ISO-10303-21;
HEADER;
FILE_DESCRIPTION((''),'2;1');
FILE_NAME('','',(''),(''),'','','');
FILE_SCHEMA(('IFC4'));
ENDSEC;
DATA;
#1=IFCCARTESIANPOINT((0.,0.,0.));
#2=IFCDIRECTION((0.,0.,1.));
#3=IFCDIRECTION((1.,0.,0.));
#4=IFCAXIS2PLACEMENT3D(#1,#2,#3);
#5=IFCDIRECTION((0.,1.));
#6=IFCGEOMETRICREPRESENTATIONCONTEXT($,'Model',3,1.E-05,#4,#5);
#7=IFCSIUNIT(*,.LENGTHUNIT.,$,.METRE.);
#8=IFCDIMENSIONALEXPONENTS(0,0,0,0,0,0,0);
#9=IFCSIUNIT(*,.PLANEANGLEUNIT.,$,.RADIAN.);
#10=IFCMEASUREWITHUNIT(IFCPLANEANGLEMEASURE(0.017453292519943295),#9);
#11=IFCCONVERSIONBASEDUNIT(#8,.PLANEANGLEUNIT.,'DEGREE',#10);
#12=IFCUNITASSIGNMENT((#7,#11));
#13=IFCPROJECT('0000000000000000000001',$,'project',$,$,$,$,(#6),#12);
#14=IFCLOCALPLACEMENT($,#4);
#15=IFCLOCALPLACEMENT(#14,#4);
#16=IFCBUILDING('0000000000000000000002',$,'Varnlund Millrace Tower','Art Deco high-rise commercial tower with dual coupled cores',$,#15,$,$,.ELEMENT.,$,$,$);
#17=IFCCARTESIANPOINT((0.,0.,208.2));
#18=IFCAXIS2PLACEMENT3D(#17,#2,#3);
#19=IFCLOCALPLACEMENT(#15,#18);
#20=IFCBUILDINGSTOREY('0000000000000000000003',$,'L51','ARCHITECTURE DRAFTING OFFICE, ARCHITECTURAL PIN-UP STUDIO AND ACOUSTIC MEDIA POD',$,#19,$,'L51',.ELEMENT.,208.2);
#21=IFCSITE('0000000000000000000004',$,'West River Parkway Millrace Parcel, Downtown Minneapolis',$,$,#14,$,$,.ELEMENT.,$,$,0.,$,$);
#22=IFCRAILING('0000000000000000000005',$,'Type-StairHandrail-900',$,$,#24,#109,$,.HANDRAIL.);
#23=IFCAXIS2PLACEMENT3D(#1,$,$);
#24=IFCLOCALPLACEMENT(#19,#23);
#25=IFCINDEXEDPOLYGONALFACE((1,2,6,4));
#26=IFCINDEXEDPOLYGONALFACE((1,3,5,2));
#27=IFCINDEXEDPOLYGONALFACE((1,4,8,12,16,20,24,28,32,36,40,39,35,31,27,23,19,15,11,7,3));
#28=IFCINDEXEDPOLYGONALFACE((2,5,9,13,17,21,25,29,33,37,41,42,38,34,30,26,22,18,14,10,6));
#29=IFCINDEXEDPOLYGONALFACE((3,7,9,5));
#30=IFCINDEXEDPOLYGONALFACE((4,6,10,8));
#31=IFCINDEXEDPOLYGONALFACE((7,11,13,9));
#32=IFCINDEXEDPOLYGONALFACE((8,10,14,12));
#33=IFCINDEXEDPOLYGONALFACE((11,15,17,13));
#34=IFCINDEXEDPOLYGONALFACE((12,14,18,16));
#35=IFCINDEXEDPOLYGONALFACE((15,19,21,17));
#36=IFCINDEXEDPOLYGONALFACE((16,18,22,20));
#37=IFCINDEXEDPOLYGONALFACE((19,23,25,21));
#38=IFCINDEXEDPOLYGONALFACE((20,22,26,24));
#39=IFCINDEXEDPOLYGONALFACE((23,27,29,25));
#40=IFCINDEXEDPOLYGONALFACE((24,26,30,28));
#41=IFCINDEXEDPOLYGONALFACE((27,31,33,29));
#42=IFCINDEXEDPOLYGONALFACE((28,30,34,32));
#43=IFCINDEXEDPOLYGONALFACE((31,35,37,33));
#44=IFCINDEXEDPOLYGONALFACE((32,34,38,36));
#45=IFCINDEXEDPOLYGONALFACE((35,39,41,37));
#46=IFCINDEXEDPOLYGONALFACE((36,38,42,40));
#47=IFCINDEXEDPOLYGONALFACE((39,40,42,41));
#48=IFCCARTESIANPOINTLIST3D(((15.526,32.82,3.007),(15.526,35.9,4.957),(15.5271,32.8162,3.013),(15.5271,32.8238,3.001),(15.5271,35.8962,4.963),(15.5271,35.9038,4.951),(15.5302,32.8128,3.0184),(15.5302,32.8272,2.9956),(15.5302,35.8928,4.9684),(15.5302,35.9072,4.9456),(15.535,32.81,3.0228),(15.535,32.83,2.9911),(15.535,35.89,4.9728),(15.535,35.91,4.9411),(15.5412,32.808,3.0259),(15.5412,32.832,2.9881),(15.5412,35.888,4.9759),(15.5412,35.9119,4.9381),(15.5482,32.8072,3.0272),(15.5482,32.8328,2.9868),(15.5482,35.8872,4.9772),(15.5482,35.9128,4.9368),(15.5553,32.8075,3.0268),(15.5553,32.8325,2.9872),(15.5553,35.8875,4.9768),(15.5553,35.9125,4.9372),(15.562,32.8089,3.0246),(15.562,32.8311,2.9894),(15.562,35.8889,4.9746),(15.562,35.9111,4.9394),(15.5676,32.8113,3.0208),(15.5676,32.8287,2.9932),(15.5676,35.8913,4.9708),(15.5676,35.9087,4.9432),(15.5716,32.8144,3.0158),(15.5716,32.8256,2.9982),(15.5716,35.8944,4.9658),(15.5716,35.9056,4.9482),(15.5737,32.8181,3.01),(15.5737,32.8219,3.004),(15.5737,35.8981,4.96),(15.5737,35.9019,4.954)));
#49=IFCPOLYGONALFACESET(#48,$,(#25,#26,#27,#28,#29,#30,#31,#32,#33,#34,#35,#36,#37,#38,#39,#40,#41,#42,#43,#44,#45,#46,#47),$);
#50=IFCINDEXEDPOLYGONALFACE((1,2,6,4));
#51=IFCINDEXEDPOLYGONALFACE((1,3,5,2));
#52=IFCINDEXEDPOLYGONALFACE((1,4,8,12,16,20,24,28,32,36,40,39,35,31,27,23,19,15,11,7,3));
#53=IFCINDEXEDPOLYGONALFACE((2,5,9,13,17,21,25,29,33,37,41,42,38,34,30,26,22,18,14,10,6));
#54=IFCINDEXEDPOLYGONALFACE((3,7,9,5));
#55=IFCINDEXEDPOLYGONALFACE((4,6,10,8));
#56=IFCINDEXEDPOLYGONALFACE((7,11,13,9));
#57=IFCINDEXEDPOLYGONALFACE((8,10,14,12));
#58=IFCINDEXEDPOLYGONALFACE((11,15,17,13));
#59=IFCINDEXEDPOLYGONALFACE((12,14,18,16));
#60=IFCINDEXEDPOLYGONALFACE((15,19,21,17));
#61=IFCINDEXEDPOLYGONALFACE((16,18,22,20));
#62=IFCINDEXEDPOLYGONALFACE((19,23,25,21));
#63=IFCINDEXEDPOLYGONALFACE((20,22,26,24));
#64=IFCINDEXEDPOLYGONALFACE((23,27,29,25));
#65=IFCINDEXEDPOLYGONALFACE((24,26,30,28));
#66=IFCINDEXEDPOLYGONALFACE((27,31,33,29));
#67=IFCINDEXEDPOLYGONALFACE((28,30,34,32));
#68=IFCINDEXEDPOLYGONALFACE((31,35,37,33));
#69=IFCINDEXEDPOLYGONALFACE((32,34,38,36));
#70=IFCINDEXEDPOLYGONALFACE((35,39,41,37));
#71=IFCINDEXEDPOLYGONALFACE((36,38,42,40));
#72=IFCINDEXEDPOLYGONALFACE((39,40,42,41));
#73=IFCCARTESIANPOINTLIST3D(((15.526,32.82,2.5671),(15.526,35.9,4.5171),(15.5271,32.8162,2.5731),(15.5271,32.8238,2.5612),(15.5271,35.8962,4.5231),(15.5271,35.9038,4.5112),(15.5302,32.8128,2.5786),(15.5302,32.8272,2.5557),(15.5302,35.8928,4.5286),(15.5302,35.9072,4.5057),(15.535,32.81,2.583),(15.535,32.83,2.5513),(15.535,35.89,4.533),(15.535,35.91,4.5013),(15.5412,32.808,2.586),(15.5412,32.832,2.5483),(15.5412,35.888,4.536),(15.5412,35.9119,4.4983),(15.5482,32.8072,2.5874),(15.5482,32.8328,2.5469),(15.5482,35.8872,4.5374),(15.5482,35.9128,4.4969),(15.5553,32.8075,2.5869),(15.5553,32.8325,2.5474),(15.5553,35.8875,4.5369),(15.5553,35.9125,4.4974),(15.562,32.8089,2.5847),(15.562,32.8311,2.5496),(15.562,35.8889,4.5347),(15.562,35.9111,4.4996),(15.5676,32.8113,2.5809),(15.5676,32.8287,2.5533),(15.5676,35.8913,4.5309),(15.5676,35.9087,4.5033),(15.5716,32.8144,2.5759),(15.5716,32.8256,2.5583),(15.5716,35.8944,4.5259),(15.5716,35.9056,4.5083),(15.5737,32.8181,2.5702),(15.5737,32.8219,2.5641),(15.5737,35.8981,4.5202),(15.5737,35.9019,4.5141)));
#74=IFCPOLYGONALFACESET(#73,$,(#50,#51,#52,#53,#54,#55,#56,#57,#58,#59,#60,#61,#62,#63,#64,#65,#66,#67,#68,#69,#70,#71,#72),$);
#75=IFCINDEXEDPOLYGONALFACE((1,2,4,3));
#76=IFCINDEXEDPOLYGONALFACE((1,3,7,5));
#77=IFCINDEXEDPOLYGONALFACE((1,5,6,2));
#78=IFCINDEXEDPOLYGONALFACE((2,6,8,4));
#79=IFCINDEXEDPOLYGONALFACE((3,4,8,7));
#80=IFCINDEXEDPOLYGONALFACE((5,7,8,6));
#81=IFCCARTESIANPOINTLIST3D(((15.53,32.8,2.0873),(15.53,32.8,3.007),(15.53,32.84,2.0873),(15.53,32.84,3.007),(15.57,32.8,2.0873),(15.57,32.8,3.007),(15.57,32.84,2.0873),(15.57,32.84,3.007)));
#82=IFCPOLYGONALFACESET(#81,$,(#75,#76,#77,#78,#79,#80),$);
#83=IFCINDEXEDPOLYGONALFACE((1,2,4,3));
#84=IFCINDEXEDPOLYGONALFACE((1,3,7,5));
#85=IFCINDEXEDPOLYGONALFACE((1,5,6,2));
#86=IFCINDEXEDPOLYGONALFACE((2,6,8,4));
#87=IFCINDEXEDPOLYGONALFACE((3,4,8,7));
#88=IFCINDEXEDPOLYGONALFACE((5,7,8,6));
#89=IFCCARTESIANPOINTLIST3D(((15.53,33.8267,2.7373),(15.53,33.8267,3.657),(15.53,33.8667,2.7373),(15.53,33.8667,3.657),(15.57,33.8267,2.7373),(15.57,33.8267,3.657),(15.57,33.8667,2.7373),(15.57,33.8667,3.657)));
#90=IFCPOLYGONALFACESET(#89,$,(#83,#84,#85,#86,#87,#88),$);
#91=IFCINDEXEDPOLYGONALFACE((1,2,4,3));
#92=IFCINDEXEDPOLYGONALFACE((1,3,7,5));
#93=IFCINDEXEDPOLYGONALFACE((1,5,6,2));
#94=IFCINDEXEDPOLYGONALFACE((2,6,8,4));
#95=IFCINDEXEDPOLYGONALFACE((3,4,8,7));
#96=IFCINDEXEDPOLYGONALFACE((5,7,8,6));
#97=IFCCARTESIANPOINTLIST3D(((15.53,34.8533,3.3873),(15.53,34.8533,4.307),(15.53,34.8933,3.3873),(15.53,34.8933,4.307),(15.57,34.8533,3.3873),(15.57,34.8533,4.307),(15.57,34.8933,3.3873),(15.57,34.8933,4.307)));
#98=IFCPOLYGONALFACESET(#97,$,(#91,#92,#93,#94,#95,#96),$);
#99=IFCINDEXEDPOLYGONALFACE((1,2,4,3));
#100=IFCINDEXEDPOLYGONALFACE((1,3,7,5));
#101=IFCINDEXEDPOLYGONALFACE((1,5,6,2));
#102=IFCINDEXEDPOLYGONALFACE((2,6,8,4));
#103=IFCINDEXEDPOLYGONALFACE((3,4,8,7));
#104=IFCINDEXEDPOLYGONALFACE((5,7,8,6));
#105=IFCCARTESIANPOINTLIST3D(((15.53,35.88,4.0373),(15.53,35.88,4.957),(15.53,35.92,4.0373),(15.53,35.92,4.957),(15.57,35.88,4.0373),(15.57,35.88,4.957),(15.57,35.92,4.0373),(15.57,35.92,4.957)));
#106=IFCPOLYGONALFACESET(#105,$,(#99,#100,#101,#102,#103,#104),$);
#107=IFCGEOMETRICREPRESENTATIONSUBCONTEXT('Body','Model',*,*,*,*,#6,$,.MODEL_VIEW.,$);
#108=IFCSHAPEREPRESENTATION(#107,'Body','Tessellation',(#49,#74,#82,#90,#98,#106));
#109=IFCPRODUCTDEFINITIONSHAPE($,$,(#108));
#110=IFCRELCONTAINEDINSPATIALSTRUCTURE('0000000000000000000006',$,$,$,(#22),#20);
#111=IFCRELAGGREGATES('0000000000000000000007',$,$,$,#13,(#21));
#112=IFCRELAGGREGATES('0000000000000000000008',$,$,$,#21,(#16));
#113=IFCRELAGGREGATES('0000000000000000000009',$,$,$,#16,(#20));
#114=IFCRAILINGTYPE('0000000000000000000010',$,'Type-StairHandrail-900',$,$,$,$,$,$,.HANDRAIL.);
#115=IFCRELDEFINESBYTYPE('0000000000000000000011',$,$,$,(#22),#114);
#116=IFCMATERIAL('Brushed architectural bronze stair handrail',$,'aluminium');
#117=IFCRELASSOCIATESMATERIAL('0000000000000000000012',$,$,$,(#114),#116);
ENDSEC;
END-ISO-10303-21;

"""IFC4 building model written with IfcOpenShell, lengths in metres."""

from ifc_helpers import new_model, entity, si_unit, converted_unit, direction, frame, origin_with_axes, origin_2d_with_axis, place, context, subcontext, project, spatial, rectangle, circle, extrude, material, type_object, element, save


model = new_model("IFC4")

# Units and contexts
model_context = context("Model", 3, precision=1e-05, world=origin_with_axes(), true_north=direction((0.0, 1.0)))
body_context = subcontext(model_context, "Body", "Model", "MODEL_VIEW")
ifc_project = project(units=[si_unit("LENGTHUNIT", "METRE"), converted_unit("PLANEANGLEUNIT", "DEGREE", entity("IfcPlaneAngleMeasure", 0.017453292519943295), si_unit("PLANEANGLEUNIT", "RADIAN"), dimensions=[0, 0, 0, 0, 0, 0, 0])], contexts=[model_context])

# Site, building, storey
site_placement = place(None, origin_with_axes())
site = spatial("IfcSite", under=ifc_project, at=site_placement, Name="West River Parkway Millrace Parcel, Downtown Minneapolis", CompositionType="ELEMENT", RefElevation=0.0)
building_placement = place(site_placement, origin_with_axes())
building = spatial("IfcBuilding", under=site, at=building_placement, Name="Varnlund Millrace Tower", Description="Art Deco high-rise commercial tower with dual coupled cores", CompositionType="ELEMENT")
storey_placement = place(building_placement, frame((0.0, 0.0, 208.2), z_axis=(0.0, 0.0, 1.0), x_axis=(1.0, 0.0, 0.0)))
storey = spatial("IfcBuildingStorey", under=building, at=storey_placement, Name="L51", Description="ARCHITECTURE DRAFTING OFFICE, ARCHITECTURAL PIN-UP STUDIO AND ACOUSTIC MEDIA POD", LongName="L51", CompositionType="ELEMENT", Elevation=208.2)

# Railing
ifc_material_1 = material(Name="Brushed architectural bronze stair handrail", Category="aluminium")
railing_type_1 = type_object("IfcRailingType", Name="Type-StairHandrail-900", PredefinedType="HANDRAIL", material=ifc_material_1)
railing_1_placement = place(storey_placement, frame((0.0, 0.0, -208.2), z_axis=(0.0, 0.0, 1.0), x_axis=(1.0, 0.0, 0.0)))
element("IfcRailing", 1, at=railing_1_placement, inside=storey, type_object=railing_type_1, Name="Type-StairHandrail-900", PredefinedType="HANDRAIL", context=body_context, shape_type="SweptSolid", body=[
    extrude(circle(Radius=0.024, at=origin_2d_with_axis()), frame((15.55, 32.82, 211.207), z_axis=(0.0, 0.844902, 0.534922), x_axis=(-1.0, 0.0, 0.0)), (0.0, 0.0, 1.0), 3.6454),
    extrude(circle(Radius=0.024, at=origin_2d_with_axis()), frame((15.55, 32.82, 210.7671), z_axis=(0.0, 0.844902, 0.534922), x_axis=(-1.0, 0.0, 0.0)), (0.0, 0.0, 1.0), 3.6454),
    extrude(rectangle(XDim=0.04, YDim=0.04, at=origin_2d_with_axis()), frame((15.55, 32.82, 210.2873), z_axis=(0.0, 0.0, 1.0), x_axis=(1.0, 0.0, 0.0)), (0.0, 0.0, 1.0), 0.9197),
    extrude(rectangle(XDim=0.04, YDim=0.04, at=origin_2d_with_axis()), frame((15.55, 33.8467, 210.9373), z_axis=(0.0, 0.0, 1.0), x_axis=(1.0, 0.0, 0.0)), (0.0, 0.0, 1.0), 0.9197),
    extrude(rectangle(XDim=0.04, YDim=0.04, at=origin_2d_with_axis()), frame((15.55, 34.8733, 211.5873), z_axis=(0.0, 0.0, 1.0), x_axis=(1.0, 0.0, 0.0)), (0.0, 0.0, 1.0), 0.9197),
    extrude(rectangle(XDim=0.04, YDim=0.04, at=origin_2d_with_axis()), frame((15.55, 35.9, 212.2373), z_axis=(0.0, 0.0, 1.0), x_axis=(1.0, 0.0, 0.0)), (0.0, 0.0, 1.0), 0.9197),
])

save(model, "model.ifc")
